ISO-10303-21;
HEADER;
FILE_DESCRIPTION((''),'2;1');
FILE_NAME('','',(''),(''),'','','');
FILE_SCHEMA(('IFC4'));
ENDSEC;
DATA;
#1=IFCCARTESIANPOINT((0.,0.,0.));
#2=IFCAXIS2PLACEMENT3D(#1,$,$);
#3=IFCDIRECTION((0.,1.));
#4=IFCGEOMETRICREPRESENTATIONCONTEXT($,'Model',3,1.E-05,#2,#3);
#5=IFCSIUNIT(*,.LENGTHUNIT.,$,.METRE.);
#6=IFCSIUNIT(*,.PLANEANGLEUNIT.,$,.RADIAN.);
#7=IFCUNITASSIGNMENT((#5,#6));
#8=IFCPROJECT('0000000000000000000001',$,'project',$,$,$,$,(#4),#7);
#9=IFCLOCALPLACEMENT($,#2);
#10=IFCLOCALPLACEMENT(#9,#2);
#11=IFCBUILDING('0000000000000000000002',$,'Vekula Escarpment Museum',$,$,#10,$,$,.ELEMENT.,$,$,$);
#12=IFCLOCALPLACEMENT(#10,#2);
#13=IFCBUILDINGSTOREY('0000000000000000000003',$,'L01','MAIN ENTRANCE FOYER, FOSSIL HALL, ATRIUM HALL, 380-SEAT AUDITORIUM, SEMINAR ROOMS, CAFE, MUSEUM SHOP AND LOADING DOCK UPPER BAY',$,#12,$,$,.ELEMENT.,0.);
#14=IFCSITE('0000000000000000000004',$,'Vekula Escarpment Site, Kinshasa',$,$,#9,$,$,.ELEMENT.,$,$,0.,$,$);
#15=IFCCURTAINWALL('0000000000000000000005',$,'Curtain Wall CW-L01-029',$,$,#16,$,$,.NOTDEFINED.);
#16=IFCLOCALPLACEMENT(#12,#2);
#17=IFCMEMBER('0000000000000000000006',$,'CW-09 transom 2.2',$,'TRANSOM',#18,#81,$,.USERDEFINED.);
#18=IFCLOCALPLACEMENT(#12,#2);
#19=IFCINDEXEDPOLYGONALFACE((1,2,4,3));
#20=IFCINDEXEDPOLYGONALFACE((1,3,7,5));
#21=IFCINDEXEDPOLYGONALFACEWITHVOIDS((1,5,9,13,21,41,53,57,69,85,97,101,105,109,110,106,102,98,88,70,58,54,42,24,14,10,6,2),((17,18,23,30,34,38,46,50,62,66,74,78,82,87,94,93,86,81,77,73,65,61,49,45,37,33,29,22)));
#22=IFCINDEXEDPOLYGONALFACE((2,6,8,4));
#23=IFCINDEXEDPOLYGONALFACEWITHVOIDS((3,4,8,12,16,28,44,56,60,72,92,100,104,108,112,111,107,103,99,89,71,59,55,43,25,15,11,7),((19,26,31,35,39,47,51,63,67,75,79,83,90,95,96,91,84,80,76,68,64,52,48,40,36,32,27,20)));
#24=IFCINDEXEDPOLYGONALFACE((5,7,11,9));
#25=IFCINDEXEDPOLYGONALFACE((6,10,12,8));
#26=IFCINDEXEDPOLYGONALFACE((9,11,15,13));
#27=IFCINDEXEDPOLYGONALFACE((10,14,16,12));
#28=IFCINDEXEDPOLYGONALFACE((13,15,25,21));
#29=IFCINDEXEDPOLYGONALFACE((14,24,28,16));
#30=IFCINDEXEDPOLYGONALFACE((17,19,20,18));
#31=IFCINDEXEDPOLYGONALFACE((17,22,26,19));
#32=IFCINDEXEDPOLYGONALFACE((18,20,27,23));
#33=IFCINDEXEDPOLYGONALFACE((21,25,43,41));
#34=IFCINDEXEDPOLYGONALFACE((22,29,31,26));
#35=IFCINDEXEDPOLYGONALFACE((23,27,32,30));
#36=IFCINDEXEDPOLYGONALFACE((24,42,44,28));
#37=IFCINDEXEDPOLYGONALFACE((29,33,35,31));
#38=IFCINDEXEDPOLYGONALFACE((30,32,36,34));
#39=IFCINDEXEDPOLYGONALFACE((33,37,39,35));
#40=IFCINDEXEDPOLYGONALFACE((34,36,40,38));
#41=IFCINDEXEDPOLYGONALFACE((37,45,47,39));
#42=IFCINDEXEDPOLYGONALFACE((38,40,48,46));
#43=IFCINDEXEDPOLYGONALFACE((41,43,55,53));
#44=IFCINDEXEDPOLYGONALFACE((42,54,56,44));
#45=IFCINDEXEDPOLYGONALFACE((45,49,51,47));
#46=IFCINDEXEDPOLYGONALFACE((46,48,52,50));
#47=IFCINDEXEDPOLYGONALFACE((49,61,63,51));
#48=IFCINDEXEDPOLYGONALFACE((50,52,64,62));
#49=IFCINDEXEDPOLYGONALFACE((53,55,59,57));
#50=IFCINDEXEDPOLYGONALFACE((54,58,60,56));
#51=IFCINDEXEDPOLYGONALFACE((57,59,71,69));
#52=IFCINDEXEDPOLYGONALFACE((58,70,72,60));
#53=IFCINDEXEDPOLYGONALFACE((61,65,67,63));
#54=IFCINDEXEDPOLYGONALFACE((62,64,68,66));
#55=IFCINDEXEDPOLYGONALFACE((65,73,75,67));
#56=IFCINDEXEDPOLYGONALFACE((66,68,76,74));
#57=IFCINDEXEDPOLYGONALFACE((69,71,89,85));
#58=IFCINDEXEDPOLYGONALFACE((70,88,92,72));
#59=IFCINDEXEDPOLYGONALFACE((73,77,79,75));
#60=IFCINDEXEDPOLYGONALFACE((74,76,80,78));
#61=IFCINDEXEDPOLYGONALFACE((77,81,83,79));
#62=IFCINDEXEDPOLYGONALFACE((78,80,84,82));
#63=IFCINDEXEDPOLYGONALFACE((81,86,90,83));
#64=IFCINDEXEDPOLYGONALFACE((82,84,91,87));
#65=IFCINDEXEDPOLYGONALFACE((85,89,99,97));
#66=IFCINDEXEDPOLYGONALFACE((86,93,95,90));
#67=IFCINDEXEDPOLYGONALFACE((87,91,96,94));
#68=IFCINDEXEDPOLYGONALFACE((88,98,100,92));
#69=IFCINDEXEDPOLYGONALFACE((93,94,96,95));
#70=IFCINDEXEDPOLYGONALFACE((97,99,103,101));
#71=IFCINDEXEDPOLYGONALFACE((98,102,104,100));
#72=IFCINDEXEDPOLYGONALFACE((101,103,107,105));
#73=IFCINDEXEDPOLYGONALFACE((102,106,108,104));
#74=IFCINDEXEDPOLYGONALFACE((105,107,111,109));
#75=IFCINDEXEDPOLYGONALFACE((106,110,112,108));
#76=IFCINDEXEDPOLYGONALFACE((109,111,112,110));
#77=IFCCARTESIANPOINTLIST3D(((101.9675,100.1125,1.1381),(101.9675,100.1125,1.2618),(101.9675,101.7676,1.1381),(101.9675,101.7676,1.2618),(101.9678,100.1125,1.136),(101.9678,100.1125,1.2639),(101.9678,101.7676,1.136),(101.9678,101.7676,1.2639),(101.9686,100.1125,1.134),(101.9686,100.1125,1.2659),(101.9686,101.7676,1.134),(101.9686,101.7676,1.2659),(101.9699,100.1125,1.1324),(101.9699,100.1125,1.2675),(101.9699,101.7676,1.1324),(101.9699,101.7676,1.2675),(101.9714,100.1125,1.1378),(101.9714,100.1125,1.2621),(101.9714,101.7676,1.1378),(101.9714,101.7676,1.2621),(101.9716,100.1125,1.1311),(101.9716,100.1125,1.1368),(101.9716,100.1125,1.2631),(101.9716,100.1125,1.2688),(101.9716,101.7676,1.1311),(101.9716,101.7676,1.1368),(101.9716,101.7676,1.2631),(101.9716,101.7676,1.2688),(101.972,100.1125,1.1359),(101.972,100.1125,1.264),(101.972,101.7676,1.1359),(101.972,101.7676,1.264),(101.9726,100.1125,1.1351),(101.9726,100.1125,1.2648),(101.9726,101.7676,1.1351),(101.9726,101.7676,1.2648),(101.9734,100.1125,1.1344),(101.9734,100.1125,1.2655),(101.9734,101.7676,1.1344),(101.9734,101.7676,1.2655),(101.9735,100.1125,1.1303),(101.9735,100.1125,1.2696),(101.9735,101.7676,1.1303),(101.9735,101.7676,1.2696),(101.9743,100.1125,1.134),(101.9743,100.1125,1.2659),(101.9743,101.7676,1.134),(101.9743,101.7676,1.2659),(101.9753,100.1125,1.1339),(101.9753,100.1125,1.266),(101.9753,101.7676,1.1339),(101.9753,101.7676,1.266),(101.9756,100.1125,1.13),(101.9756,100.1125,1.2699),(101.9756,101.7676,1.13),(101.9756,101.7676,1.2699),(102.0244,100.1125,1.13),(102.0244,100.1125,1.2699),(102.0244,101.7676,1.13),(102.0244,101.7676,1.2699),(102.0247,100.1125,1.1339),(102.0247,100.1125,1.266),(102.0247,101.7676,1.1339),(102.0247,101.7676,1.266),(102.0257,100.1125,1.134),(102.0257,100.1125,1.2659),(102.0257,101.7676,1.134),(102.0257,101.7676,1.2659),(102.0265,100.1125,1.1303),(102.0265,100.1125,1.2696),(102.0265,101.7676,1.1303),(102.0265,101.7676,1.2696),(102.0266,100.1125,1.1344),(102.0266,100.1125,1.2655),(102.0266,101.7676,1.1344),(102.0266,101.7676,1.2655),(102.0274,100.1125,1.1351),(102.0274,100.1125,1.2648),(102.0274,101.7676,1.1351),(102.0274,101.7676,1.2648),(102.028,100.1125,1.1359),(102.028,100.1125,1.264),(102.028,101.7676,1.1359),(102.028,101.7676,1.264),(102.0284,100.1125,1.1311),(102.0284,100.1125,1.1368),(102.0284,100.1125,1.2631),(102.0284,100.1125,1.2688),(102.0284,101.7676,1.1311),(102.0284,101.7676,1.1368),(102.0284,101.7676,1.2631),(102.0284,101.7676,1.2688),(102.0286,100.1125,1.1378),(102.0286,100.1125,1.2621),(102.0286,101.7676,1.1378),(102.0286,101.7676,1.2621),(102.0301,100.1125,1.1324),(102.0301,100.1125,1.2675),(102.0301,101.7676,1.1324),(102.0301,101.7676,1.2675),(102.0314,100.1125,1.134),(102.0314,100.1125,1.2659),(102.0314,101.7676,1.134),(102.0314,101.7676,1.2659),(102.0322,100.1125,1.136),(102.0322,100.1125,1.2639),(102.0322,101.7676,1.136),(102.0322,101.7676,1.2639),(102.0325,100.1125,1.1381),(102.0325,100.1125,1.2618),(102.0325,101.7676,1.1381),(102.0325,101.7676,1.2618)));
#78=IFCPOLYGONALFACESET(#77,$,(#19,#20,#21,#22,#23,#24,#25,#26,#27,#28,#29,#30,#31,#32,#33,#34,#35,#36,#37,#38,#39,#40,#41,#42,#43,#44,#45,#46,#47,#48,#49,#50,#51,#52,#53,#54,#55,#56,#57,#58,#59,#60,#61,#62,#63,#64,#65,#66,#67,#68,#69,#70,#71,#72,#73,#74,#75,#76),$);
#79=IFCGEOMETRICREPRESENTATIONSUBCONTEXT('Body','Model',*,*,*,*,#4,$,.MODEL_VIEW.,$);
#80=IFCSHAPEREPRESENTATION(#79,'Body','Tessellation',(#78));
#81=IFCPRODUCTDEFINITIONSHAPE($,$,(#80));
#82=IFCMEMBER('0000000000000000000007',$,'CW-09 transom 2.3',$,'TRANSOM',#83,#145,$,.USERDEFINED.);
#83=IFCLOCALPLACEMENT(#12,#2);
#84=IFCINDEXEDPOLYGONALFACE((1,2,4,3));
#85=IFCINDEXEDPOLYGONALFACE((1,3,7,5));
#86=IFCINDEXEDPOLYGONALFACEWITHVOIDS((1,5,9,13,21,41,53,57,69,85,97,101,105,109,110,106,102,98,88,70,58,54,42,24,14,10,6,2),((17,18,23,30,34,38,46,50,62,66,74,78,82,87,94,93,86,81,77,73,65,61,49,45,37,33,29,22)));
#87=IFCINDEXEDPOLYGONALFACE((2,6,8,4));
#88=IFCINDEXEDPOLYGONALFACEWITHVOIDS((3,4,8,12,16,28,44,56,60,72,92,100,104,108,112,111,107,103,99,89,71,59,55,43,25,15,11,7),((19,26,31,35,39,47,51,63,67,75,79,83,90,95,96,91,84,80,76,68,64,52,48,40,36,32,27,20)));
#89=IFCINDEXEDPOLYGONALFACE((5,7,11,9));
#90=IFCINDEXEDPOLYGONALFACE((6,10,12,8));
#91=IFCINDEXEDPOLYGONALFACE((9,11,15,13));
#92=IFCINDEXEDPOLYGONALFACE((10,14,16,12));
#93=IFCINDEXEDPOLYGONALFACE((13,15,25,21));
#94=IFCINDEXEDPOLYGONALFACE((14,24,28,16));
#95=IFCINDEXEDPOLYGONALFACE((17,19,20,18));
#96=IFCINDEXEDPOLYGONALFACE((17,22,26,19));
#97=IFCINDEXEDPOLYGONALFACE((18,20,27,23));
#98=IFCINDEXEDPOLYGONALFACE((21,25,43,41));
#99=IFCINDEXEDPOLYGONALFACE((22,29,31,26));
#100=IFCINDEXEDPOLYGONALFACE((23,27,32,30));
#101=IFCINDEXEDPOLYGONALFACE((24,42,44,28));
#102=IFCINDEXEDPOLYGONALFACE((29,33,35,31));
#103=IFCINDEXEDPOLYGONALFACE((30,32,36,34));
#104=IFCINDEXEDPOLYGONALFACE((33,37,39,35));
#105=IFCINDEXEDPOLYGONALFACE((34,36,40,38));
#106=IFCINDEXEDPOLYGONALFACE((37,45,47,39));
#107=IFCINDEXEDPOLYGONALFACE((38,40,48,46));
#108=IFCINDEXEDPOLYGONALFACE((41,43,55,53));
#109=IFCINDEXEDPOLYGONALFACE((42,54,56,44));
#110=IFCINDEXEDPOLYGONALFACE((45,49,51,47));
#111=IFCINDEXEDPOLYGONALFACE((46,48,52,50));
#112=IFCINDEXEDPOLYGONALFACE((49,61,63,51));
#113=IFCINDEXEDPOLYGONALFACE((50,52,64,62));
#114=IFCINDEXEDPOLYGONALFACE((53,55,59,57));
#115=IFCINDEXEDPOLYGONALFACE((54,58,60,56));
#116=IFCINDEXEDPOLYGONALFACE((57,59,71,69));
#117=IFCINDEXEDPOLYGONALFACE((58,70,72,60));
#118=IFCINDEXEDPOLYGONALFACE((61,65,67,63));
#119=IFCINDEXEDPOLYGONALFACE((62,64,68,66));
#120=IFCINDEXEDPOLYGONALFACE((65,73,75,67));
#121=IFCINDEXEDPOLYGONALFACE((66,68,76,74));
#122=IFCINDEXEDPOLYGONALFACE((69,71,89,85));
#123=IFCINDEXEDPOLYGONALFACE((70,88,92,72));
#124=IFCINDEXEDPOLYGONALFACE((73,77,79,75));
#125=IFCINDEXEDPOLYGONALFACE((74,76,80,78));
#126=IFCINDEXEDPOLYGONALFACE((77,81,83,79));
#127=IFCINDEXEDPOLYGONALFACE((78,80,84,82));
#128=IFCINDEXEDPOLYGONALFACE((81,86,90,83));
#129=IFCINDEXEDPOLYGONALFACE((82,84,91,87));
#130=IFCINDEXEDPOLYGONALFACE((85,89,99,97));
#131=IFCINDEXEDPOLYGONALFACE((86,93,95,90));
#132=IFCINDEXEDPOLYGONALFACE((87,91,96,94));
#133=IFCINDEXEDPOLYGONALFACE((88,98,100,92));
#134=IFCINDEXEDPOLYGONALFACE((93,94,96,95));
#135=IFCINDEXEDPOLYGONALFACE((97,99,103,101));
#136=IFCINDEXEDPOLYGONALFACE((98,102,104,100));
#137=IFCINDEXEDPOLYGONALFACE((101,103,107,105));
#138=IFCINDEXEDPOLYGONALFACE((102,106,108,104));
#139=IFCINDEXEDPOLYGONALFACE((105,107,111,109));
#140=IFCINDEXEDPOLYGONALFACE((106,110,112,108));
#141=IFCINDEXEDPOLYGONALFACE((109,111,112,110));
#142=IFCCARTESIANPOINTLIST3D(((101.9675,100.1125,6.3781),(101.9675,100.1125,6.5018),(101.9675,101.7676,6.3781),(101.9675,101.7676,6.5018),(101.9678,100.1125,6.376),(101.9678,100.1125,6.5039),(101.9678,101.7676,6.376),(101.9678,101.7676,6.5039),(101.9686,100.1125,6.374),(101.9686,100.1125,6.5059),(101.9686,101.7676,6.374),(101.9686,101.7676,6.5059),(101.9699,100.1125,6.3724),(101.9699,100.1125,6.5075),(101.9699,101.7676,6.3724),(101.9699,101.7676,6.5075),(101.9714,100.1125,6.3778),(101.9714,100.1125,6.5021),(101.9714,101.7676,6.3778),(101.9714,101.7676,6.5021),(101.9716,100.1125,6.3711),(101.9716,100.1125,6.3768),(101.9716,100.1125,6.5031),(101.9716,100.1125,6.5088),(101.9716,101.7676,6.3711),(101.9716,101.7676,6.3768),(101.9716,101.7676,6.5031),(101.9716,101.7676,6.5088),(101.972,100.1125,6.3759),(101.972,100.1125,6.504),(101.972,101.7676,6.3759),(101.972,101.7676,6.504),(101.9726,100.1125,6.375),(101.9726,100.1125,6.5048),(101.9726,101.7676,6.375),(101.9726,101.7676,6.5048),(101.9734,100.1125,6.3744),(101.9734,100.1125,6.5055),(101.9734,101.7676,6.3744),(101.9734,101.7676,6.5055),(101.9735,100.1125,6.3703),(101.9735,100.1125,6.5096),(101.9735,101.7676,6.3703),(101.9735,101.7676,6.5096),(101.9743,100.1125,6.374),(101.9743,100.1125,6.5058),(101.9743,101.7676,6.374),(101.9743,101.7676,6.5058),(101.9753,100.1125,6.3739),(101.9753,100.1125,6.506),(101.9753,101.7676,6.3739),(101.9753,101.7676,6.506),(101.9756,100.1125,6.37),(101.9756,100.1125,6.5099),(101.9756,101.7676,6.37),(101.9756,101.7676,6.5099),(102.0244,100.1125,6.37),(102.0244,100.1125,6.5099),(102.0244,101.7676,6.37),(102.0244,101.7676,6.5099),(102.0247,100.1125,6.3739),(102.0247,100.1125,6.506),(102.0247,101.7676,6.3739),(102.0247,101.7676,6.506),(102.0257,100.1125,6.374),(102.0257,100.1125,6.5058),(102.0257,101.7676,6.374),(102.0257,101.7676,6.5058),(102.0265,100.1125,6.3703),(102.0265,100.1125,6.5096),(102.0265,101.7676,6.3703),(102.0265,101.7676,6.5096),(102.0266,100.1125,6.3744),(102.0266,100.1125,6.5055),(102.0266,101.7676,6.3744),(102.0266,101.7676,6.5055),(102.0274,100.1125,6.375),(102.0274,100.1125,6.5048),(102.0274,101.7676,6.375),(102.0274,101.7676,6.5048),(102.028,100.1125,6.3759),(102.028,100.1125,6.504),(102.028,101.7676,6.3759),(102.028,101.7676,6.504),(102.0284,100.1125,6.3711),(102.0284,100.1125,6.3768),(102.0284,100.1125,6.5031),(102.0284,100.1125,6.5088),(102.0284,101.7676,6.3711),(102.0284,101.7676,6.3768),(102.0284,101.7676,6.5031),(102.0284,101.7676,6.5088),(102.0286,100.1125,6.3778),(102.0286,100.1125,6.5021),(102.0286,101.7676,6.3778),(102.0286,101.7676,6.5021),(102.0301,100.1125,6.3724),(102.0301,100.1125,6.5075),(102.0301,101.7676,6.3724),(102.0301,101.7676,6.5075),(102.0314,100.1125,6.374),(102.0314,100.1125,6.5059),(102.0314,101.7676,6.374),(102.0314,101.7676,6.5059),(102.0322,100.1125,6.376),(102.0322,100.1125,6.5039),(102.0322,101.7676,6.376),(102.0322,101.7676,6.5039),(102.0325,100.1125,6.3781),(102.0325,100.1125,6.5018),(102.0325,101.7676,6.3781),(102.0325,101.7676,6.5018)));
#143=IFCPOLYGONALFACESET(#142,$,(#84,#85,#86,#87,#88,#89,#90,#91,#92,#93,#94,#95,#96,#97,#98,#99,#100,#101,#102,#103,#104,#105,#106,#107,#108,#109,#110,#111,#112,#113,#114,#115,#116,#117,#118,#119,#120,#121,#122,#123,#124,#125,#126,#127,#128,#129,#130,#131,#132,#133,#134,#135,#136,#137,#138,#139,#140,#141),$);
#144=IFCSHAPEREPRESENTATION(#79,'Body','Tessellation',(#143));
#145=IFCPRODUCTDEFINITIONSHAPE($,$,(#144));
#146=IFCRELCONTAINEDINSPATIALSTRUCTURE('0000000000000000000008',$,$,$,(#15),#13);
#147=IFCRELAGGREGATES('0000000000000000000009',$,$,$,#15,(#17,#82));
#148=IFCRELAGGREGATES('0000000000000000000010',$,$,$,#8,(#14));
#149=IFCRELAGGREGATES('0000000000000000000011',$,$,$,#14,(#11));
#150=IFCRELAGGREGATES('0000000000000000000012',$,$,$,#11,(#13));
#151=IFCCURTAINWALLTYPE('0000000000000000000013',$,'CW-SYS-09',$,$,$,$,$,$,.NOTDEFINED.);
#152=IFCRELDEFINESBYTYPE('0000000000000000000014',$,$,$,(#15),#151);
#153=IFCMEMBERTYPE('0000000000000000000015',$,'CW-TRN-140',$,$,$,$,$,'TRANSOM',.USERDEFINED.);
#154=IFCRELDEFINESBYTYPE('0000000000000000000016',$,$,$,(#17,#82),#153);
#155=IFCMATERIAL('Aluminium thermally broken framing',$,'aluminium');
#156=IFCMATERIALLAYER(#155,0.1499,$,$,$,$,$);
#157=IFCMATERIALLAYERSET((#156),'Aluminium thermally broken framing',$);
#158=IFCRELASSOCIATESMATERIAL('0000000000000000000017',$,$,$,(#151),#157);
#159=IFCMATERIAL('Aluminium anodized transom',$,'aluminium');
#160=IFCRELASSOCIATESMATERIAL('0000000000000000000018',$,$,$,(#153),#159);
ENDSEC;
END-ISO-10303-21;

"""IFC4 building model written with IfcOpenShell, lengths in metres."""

from ifc_helpers import new_model, si_unit, direction, frame, origin, origin_2d, place, context, subcontext, project, spatial, hollow_rectangle, extrude, material, layer, layer_set, material_profile, profile_set, type_object, element, aggregate, save


model = new_model("IFC4")

# Units and contexts
model_context = context("Model", 3, precision=1e-05, world=origin(), true_north=direction((0.0, 1.0)))
body_context = subcontext(model_context, "Body", "Model", "MODEL_VIEW")
ifc_project = project(units=[si_unit("LENGTHUNIT", "METRE"), si_unit("PLANEANGLEUNIT", "RADIAN")], contexts=[model_context])

# Site, building, storey
site_placement = place(None, origin())
site = spatial("IfcSite", under=ifc_project, at=site_placement, Name="Vekula Escarpment Site, Kinshasa", CompositionType="ELEMENT", RefElevation=0.0)
building_placement = place(site_placement, origin())
building = spatial("IfcBuilding", under=site, at=building_placement, Name="Vekula Escarpment Museum", CompositionType="ELEMENT")
storey_placement = place(building_placement, origin())
storey = spatial("IfcBuildingStorey", under=building, at=storey_placement, Name="L01", Description="MAIN ENTRANCE FOYER, FOSSIL HALL, ATRIUM HALL, 380-SEAT AUDITORIUM, SEMINAR ROOMS, CAFE, MUSEUM SHOP AND LOADING DOCK UPPER BAY", CompositionType="ELEMENT", Elevation=0.0)

# Curtain wall
ifc_material_1 = material(Name="Aluminium thermally broken framing", Category="aluminium")
ifc_layer_1 = layer(ifc_material_1, 0.1499)
ifc_layer_set_1 = layer_set([ifc_layer_1], Name="Aluminium thermally broken framing")
curtain_wall_type_1 = type_object("IfcCurtainWallType", Name="CW-SYS-09", PredefinedType="NOTDEFINED", material=ifc_layer_set_1)
curtain_wall_1_placement = place(storey_placement, origin())
curtain_wall_1 = element("IfcCurtainWall", 1, at=curtain_wall_1_placement, inside=storey, type_object=curtain_wall_type_1, Name="Curtain Wall CW-L01-029", PredefinedType="NOTDEFINED")

# Members
ifc_material_2 = material(Name="Aluminium anodized transom", Category="aluminium")
ifc_material_profile_1 = material_profile(ifc_material_2, hollow_rectangle(XDim=0.0649, YDim=0.1399, WallThickness=0.0039, InnerFilletRadius=0.0039, OuterFilletRadius=0.0081, at=origin_2d()), Name="ALU 140x65x4")
ifc_profile_set_1 = profile_set([ifc_material_profile_1], Name="Aluminium anodized transom")
member_type_1 = type_object("IfcMemberType", Name="CW-TRN-140", ElementType="TRANSOM", PredefinedType="USERDEFINED", material=ifc_profile_set_1)
member_1_placement = place(storey_placement, frame((102.0, 100.1125, 1.2), z_axis=(0.0, 1.0, 0.0), x_axis=(-1.0, 0.0, 0.0)))
member_1 = element("IfcMember", 2, at=member_1_placement, type_object=member_type_1, Name="CW-09 transom 2.2", ObjectType="TRANSOM", PredefinedType="USERDEFINED", context=body_context, shape_type="SweptSolid", body=[
    extrude(hollow_rectangle(XDim=0.0649, YDim=0.1399, WallThickness=0.0039, InnerFilletRadius=0.0039, OuterFilletRadius=0.0081, at=origin_2d()), origin(), (0.0, 0.0, 1.0), 1.655),
])
member_2_placement = place(storey_placement, frame((102.0, 100.1125, 6.4399), z_axis=(0.0, 1.0, 0.0), x_axis=(-1.0, 0.0, 0.0)))
member_2 = element("IfcMember", 3, at=member_2_placement, type_object=member_type_1, Name="CW-09 transom 2.3", ObjectType="TRANSOM", PredefinedType="USERDEFINED", context=body_context, shape_type="SweptSolid", body=[
    extrude(hollow_rectangle(XDim=0.0649, YDim=0.1399, WallThickness=0.0039, InnerFilletRadius=0.0039, OuterFilletRadius=0.0081, at=origin_2d()), origin(), (0.0, 0.0, 1.0), 1.655),
])

aggregate(curtain_wall_1, [member_1, member_2])

save(model, "model.ifc")
